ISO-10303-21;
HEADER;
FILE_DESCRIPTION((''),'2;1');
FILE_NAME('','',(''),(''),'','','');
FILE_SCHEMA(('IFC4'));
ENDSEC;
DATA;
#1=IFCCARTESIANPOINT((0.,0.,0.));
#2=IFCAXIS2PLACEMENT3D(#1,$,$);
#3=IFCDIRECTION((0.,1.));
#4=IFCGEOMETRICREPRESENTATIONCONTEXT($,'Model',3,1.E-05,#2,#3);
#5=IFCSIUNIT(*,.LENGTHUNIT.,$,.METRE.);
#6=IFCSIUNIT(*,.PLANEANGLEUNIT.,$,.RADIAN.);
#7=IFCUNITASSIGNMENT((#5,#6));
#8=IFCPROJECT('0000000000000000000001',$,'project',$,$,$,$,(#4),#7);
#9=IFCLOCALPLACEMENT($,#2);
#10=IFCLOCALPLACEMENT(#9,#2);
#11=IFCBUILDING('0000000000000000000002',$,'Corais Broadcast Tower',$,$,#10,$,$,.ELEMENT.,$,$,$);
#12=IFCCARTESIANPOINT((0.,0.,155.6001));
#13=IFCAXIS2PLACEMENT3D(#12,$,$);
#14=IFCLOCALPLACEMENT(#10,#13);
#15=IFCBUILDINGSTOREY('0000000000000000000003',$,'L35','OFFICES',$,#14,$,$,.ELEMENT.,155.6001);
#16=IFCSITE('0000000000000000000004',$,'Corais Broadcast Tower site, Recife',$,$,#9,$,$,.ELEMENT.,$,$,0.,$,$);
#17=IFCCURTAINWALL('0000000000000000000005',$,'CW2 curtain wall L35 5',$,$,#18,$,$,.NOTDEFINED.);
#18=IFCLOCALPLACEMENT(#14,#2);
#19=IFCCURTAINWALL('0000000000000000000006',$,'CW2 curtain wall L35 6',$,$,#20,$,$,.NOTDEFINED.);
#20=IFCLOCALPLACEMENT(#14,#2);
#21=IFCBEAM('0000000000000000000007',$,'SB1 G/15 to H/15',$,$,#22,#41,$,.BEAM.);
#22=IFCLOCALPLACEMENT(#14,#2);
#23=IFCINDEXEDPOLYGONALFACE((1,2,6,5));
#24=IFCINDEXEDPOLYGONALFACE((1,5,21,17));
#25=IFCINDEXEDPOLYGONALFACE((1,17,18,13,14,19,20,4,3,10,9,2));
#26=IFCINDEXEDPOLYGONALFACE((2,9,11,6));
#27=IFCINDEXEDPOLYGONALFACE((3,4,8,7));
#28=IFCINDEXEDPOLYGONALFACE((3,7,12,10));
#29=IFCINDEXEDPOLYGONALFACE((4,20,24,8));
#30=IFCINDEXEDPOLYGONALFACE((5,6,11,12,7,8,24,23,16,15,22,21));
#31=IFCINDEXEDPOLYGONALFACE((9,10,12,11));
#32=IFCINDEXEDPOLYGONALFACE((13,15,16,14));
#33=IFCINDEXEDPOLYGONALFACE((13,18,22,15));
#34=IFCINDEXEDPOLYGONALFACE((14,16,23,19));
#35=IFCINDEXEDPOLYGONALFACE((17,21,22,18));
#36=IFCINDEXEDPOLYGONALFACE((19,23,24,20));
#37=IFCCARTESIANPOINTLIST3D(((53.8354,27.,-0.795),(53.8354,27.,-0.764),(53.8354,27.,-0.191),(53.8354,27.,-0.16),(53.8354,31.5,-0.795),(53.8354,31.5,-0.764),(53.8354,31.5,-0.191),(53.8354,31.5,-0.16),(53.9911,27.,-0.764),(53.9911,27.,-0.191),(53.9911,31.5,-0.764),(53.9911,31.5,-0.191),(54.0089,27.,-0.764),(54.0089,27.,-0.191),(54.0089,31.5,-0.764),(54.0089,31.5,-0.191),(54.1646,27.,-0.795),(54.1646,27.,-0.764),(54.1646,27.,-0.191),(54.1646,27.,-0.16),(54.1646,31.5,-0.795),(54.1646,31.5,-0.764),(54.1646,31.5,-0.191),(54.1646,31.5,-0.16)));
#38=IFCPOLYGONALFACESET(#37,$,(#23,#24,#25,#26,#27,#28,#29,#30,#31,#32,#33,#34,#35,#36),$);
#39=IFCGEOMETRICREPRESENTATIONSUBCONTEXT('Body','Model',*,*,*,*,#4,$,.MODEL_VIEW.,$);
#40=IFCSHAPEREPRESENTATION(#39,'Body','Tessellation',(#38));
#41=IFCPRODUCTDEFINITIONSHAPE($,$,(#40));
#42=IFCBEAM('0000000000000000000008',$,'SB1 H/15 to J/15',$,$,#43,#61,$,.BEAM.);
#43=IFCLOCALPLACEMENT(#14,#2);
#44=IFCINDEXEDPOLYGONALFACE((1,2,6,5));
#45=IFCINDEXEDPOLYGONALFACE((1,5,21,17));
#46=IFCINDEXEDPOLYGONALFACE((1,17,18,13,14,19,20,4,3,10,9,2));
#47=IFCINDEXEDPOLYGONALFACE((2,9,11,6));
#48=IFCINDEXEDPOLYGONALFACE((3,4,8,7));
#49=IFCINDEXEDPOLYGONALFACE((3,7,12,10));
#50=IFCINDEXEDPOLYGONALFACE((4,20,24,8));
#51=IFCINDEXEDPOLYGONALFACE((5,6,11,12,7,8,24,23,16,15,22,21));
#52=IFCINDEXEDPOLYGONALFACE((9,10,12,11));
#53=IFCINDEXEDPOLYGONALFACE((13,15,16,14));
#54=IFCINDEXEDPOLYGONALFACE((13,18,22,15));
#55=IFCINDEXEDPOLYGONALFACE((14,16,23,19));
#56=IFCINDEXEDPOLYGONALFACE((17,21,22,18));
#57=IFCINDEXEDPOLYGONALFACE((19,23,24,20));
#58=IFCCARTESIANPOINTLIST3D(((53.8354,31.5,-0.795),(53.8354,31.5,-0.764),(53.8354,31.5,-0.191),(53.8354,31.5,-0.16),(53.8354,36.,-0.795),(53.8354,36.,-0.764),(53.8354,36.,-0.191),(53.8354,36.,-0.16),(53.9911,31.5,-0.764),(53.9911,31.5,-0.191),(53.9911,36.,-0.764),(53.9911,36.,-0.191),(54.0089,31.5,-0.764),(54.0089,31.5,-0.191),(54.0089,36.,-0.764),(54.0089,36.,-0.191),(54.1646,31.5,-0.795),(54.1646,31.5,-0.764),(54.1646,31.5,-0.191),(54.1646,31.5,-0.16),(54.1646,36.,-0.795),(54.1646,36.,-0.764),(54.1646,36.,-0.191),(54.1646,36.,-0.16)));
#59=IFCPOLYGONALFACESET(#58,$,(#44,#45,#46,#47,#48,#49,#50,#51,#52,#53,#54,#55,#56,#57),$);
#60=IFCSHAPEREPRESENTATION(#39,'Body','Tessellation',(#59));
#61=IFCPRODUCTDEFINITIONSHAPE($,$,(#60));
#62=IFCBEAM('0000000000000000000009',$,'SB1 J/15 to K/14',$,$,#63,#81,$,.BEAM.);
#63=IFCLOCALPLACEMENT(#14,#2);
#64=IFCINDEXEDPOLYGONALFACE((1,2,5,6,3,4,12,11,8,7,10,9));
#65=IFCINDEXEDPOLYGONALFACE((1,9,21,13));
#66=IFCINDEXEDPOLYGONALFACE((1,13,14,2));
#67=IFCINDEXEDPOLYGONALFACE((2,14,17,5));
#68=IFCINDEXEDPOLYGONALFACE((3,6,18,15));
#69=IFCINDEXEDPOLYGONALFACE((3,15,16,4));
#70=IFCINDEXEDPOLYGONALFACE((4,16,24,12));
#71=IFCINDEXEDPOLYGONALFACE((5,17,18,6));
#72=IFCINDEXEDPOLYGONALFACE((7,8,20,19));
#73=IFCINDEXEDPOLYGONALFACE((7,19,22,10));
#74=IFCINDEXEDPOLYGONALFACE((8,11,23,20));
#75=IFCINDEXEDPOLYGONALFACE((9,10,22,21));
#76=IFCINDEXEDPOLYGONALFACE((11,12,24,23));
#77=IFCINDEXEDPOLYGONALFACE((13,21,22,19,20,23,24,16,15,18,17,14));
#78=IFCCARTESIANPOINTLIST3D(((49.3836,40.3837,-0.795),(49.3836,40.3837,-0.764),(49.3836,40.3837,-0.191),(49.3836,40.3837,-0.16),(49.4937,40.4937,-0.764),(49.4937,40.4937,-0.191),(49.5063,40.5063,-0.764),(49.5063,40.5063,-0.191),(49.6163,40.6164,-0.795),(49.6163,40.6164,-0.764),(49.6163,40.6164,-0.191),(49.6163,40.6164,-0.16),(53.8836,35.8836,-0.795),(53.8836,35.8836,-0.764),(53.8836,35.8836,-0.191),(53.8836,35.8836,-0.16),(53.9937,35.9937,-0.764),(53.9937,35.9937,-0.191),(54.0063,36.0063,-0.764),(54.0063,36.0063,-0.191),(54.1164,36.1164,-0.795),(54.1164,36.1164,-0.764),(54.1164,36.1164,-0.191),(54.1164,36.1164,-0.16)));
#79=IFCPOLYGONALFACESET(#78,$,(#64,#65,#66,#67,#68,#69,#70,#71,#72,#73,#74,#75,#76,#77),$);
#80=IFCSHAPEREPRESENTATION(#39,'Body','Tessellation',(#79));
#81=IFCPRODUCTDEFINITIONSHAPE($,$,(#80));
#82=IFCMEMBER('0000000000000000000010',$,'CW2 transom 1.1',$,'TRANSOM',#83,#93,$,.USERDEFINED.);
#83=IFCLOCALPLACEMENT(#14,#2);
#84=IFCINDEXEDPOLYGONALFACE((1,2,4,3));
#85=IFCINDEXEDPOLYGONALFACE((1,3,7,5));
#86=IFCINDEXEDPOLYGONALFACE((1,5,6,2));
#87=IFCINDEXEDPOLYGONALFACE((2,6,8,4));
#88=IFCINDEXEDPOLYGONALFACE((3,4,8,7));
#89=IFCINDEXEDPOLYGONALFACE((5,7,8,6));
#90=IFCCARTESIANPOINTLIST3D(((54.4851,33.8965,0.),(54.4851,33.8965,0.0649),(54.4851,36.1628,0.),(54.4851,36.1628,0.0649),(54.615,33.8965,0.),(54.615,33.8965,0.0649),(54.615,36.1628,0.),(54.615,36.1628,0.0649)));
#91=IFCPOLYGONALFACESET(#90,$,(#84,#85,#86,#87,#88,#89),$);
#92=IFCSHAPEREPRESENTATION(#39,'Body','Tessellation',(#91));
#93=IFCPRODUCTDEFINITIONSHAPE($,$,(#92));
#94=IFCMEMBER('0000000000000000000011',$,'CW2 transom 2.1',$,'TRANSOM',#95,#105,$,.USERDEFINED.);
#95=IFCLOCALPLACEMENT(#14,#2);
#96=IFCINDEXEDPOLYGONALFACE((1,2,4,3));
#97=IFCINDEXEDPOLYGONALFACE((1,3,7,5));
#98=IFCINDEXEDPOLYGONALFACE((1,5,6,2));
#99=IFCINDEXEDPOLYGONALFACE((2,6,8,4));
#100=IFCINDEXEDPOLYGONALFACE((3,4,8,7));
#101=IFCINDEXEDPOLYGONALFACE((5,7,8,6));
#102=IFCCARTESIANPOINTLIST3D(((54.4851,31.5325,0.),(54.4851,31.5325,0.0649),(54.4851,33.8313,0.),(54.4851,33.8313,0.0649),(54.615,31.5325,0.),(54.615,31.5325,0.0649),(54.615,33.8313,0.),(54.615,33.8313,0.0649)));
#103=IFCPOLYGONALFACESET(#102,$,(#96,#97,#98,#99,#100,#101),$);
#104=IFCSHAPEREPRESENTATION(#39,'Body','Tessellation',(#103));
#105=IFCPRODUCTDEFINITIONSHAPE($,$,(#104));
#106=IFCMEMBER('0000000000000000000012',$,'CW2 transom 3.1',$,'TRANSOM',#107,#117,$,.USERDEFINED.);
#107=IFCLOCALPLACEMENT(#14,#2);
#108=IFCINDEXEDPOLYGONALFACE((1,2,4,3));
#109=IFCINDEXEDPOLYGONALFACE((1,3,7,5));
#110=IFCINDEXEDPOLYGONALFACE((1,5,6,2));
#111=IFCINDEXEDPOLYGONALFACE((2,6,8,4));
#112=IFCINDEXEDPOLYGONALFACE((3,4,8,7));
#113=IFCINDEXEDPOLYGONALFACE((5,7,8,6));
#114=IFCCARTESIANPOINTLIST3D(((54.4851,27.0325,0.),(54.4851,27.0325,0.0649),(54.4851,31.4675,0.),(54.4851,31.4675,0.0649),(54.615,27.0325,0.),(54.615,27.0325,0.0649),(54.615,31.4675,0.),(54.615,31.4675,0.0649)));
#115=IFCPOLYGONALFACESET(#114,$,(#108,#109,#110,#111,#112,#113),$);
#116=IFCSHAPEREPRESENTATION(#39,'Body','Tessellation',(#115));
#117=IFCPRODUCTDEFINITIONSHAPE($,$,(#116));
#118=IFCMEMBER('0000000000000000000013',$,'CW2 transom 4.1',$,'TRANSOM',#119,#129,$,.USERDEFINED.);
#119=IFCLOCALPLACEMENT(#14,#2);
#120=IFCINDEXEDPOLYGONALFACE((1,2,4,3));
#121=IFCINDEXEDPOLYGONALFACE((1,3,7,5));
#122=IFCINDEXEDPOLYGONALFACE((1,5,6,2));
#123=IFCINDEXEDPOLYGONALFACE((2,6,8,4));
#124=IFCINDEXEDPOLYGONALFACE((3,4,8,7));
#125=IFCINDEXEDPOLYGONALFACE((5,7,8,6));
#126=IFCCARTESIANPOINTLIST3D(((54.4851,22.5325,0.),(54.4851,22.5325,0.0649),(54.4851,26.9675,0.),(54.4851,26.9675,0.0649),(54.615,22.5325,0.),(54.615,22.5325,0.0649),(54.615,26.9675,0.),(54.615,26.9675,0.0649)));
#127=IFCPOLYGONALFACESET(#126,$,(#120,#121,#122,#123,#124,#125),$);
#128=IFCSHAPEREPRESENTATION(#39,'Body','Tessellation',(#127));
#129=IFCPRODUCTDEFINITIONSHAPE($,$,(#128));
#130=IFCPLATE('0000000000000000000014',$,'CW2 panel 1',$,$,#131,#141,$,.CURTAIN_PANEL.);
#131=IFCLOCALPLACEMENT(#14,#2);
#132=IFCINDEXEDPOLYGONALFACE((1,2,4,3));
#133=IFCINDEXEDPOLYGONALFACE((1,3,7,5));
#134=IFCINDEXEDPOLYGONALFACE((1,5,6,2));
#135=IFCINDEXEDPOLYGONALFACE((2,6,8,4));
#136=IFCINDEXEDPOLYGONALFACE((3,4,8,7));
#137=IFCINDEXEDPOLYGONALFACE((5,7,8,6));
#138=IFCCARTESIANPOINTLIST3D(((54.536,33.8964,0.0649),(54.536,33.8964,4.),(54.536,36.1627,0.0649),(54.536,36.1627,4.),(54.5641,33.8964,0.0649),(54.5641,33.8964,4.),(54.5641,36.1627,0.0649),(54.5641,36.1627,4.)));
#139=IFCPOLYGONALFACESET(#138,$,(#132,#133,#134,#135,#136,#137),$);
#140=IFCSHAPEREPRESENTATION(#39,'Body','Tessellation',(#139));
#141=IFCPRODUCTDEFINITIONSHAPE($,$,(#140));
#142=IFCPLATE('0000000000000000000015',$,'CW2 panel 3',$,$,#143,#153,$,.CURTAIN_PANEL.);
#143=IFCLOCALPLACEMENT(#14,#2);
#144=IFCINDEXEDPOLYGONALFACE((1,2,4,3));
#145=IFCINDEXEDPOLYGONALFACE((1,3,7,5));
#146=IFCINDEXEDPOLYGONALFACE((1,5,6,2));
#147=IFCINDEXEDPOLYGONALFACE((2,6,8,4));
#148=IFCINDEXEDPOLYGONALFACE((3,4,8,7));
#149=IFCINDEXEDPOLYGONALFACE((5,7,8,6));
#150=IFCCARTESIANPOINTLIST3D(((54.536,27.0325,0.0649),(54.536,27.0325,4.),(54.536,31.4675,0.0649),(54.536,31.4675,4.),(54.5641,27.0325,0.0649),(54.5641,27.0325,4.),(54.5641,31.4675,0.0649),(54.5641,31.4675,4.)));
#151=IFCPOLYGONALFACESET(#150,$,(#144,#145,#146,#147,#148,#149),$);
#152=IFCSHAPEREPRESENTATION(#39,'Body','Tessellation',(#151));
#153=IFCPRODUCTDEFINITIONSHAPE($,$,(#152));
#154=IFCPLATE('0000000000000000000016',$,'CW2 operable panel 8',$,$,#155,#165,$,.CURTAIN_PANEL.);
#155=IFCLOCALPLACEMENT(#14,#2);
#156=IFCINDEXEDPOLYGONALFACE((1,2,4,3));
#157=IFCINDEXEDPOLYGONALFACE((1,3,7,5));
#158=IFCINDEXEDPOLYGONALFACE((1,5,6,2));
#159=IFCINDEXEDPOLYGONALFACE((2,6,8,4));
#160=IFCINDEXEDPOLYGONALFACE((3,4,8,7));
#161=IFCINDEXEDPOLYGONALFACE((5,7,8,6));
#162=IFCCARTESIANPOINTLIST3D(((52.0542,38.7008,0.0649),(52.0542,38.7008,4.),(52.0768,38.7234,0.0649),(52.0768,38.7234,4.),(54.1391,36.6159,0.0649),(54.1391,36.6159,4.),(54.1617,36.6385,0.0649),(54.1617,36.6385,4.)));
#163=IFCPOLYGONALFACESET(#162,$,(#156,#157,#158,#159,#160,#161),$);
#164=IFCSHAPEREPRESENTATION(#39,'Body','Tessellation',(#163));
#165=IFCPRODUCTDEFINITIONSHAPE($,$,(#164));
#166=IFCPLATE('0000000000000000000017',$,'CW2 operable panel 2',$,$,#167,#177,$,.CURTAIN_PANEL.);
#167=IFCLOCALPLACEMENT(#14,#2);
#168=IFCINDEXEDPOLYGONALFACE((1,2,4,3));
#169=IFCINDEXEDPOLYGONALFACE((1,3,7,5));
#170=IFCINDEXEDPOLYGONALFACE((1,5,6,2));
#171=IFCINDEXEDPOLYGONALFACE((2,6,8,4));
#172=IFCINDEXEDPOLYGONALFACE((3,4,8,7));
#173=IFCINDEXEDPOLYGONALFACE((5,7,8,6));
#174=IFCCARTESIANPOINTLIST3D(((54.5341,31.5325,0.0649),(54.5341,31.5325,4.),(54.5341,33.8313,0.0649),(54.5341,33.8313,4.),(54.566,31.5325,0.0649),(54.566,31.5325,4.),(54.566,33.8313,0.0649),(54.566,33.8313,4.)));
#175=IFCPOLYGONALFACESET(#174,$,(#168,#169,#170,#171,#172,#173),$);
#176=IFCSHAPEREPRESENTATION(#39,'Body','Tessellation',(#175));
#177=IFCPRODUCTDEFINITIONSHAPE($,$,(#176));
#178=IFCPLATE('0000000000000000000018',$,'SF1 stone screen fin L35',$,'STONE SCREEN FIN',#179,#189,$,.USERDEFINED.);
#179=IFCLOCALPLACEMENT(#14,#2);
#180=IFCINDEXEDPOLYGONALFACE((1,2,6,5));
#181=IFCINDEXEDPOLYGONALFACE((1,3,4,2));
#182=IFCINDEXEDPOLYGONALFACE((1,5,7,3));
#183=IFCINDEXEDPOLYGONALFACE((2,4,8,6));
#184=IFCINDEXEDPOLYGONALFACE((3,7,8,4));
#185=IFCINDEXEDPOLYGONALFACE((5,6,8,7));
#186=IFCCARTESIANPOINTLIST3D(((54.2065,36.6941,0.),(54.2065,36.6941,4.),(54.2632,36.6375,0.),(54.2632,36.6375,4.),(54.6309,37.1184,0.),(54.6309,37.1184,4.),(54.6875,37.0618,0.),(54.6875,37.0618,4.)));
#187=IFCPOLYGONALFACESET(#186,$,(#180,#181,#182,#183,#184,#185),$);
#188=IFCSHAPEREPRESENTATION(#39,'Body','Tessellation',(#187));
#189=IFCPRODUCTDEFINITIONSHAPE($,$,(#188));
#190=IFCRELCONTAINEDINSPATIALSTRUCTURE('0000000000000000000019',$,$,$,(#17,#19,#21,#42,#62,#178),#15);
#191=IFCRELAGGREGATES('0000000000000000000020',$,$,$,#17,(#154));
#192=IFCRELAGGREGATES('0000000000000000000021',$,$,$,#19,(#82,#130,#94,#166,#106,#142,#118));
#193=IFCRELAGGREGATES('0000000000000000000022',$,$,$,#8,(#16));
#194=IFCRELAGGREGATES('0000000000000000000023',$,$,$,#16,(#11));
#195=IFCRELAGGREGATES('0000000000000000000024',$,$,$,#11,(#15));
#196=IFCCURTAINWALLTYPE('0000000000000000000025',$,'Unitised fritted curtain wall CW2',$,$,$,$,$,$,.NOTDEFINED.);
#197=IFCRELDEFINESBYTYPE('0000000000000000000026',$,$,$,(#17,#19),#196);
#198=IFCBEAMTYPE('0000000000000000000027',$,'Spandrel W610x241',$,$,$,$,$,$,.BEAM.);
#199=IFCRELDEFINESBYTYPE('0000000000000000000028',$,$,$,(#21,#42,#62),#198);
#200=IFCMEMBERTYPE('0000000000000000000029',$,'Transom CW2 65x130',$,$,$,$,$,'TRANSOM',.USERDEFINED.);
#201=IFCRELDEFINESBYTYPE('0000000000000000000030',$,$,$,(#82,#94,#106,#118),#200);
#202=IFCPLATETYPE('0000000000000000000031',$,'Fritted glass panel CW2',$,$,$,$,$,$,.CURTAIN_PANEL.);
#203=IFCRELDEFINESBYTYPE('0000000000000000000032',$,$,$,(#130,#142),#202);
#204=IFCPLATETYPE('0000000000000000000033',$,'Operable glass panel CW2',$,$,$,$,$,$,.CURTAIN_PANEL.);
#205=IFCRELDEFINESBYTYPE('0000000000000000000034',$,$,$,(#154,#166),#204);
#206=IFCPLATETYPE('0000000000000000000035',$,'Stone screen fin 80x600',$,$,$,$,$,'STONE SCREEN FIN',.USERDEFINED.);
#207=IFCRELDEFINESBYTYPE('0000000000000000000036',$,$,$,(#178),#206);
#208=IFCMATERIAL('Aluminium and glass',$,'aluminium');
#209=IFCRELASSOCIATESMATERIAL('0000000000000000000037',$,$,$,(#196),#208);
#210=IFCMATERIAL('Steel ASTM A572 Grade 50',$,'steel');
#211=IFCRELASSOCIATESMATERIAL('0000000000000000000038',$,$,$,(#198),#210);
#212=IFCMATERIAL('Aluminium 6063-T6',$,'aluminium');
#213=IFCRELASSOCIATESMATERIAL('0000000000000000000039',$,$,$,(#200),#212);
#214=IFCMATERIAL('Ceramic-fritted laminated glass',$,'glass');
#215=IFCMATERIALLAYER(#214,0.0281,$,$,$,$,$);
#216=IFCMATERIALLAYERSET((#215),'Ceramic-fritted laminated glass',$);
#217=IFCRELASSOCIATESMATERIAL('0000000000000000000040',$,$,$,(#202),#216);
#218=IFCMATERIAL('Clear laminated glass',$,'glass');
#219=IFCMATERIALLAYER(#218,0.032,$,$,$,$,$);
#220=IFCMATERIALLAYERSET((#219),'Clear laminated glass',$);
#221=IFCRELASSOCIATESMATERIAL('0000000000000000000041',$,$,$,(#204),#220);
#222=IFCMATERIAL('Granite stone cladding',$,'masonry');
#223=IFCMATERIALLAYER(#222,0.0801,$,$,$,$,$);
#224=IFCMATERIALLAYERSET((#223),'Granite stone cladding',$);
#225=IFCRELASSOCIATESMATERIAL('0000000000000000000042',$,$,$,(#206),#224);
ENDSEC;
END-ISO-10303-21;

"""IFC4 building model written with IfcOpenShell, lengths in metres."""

from ifc_helpers import new_model, si_unit, direction, frame, origin, origin_2d, place, context, subcontext, project, spatial, rectangle, i_section, extrude, material, layer, layer_set, material_profile, profile_set, type_object, element, aggregate, save


model = new_model("IFC4")

# Units and contexts
model_context = context("Model", 3, precision=1e-05, world=origin(), true_north=direction((0.0, 1.0)))
body_context = subcontext(model_context, "Body", "Model", "MODEL_VIEW")
ifc_project = project(units=[si_unit("LENGTHUNIT", "METRE"), si_unit("PLANEANGLEUNIT", "RADIAN")], contexts=[model_context])

# Site, building, storey
site_placement = place(None, origin())
site = spatial("IfcSite", under=ifc_project, at=site_placement, Name="Corais Broadcast Tower site, Recife", CompositionType="ELEMENT", RefElevation=0.0)
building_placement = place(site_placement, origin())
building = spatial("IfcBuilding", under=site, at=building_placement, Name="Corais Broadcast Tower", CompositionType="ELEMENT")
storey_placement = place(building_placement, frame((0.0, 0.0, 155.6001)))
storey = spatial("IfcBuildingStorey", under=building, at=storey_placement, Name="L35", Description="OFFICES", CompositionType="ELEMENT", Elevation=155.6001)

# Curtain wall
ifc_material_1 = material(Name="Aluminium and glass", Category="aluminium")
curtain_wall_type = type_object("IfcCurtainWallType", Name="Unitised fritted curtain wall CW2", PredefinedType="NOTDEFINED", material=ifc_material_1)
curtain_wall_1_placement = place(storey_placement, origin())
curtain_wall_1 = element("IfcCurtainWall", 1, at=curtain_wall_1_placement, inside=storey, type_object=curtain_wall_type, Name="CW2 curtain wall L35 5", PredefinedType="NOTDEFINED")

# Curtain wall
curtain_wall_2_placement = place(storey_placement, origin())
curtain_wall_2 = element("IfcCurtainWall", 2, at=curtain_wall_2_placement, inside=storey, type_object=curtain_wall_type, Name="CW2 curtain wall L35 6", PredefinedType="NOTDEFINED")

# Beams
ifc_material_2 = material(Name="Steel ASTM A572 Grade 50", Category="steel")
ifc_material_profile_1 = material_profile(ifc_material_2, i_section(OverallWidth=0.3291, OverallDepth=0.635, WebThickness=0.0178, FlangeThickness=0.031, at=origin_2d()), Name="W610x241")
ifc_profile_set_1 = profile_set([ifc_material_profile_1], Name="Steel ASTM A572 Grade 50")
beam_type_1 = type_object("IfcBeamType", Name="Spandrel W610x241", PredefinedType="BEAM", material=ifc_profile_set_1)
for number, where, z_axis, x_axis, name in (
    (3, (54.0, 27.0, -0.4775), (0.0, 1.0, 0.0), (-1.0, 0.0, 0.0), "SB1 G/15 to H/15"),
    (4, (54.0, 31.5, -0.4775), (0.0, 1.0, 0.0), (-1.0, 0.0, 0.0), "SB1 H/15 to J/15"),
):
    element("IfcBeam", number, at=place(storey_placement, frame(where, z_axis=z_axis, x_axis=x_axis)), inside=storey, type_object=beam_type_1, Name=name, PredefinedType="BEAM", context=body_context, shape_type="SweptSolid", body=[
        extrude(i_section(OverallWidth=0.3291, OverallDepth=0.635, WebThickness=0.0178, FlangeThickness=0.031, at=origin_2d()), origin(), (0.0, 0.0, 1.0), 4.5),
    ])
beam_placement = place(storey_placement, frame((54.0, 36.0, -0.4775), z_axis=(-0.707107, 0.707107, 0.0), x_axis=(-0.707107, -0.707107, 0.0)))
element("IfcBeam", 5, at=beam_placement, inside=storey, type_object=beam_type_1, Name="SB1 J/15 to K/14", PredefinedType="BEAM", context=body_context, shape_type="SweptSolid", body=[
    extrude(i_section(OverallWidth=0.3291, OverallDepth=0.635, WebThickness=0.0178, FlangeThickness=0.031, at=origin_2d()), origin(), (0.0, 0.0, 1.0), 6.364),
])

# Members
ifc_material_3 = material(Name="Aluminium 6063-T6", Category="aluminium")
ifc_material_profile_2 = material_profile(ifc_material_3, rectangle(XDim=0.1299, YDim=0.0649, at=origin_2d()), Name="Transom CW2 65x130")
ifc_profile_set_2 = profile_set([ifc_material_profile_2], Name="Aluminium 6063-T6")
member_type_1 = type_object("IfcMemberType", Name="Transom CW2 65x130", ElementType="TRANSOM", PredefinedType="USERDEFINED", material=ifc_profile_set_2)
member_1_placement = place(storey_placement, frame((54.55, 36.1628, 0.0325), z_axis=(0.0, -1.0, 0.0), x_axis=(1.0, 0.0, 0.0)))
member_1 = element("IfcMember", 6, at=member_1_placement, type_object=member_type_1, Name="CW2 transom 1.1", ObjectType="TRANSOM", PredefinedType="USERDEFINED", context=body_context, shape_type="SweptSolid", body=[
    extrude(rectangle(XDim=0.1299, YDim=0.0649, at=origin_2d()), origin(), (0.0, 0.0, 1.0), 2.2664),
])
member_2_placement = place(storey_placement, frame((54.55, 33.8313, 0.0325), z_axis=(0.0, -1.0, 0.0), x_axis=(1.0, 0.0, 0.0)))
member_2 = element("IfcMember", 7, at=member_2_placement, type_object=member_type_1, Name="CW2 transom 2.1", ObjectType="TRANSOM", PredefinedType="USERDEFINED", context=body_context, shape_type="SweptSolid", body=[
    extrude(rectangle(XDim=0.1299, YDim=0.0649, at=origin_2d()), origin(), (0.0, 0.0, 1.0), 2.2988),
])
member_3_placement = place(storey_placement, frame((54.55, 31.4675, 0.0325), z_axis=(0.0, -1.0, 0.0), x_axis=(1.0, 0.0, 0.0)))
member_3 = element("IfcMember", 8, at=member_3_placement, type_object=member_type_1, Name="CW2 transom 3.1", ObjectType="TRANSOM", PredefinedType="USERDEFINED", context=body_context, shape_type="SweptSolid", body=[
    extrude(rectangle(XDim=0.1299, YDim=0.0649, at=origin_2d()), origin(), (0.0, 0.0, 1.0), 4.4351),
])
member_4_placement = place(storey_placement, frame((54.55, 26.9675, 0.0325), z_axis=(0.0, -1.0, 0.0), x_axis=(1.0, 0.0, 0.0)))
member_4 = element("IfcMember", 9, at=member_4_placement, type_object=member_type_1, Name="CW2 transom 4.1", ObjectType="TRANSOM", PredefinedType="USERDEFINED", context=body_context, shape_type="SweptSolid", body=[
    extrude(rectangle(XDim=0.1299, YDim=0.0649, at=origin_2d()), origin(), (0.0, 0.0, 1.0), 4.4351),
])

# Plates
ifc_material_4 = material(Name="Ceramic-fritted laminated glass", Category="glass")
ifc_layer_1 = layer(ifc_material_4, 0.0281)
ifc_layer_set_1 = layer_set([ifc_layer_1], Name="Ceramic-fritted laminated glass")
plate_type_1 = type_object("IfcPlateType", Name="Fritted glass panel CW2", PredefinedType="CURTAIN_PANEL", material=ifc_layer_set_1)
plate_1_placement = place(storey_placement, frame((54.55, 35.0295, 0.0649), z_axis=(0.0, 0.0, 1.0), x_axis=(0.0, -1.0, 0.0)))
plate_1 = element("IfcPlate", 10, at=plate_1_placement, type_object=plate_type_1, Name="CW2 panel 1", PredefinedType="CURTAIN_PANEL", context=body_context, shape_type="SweptSolid", body=[
    extrude(rectangle(XDim=2.2664, YDim=0.0281, at=origin_2d()), origin(), (0.0, 0.0, 1.0), 3.9351),
])
plate_2_placement = place(storey_placement, frame((54.55, 29.25, 0.0649), z_axis=(0.0, 0.0, 1.0), x_axis=(0.0, -1.0, 0.0)))
plate_2 = element("IfcPlate", 11, at=plate_2_placement, type_object=plate_type_1, Name="CW2 panel 3", PredefinedType="CURTAIN_PANEL", context=body_context, shape_type="SweptSolid", body=[
    extrude(rectangle(XDim=4.4351, YDim=0.0281, at=origin_2d()), origin(), (0.0, 0.0, 1.0), 3.9351),
])
ifc_material_5 = material(Name="Clear laminated glass", Category="glass")
ifc_layer_2 = layer(ifc_material_5, 0.032)
ifc_layer_set_2 = layer_set([ifc_layer_2], Name="Clear laminated glass")
plate_type_2 = type_object("IfcPlateType", Name="Operable glass panel CW2", PredefinedType="CURTAIN_PANEL", material=ifc_layer_set_2)
plate_3_placement = place(storey_placement, frame((53.1079, 37.6697, 0.0649), z_axis=(0.0, 0.0, 1.0), x_axis=(0.707107, -0.707107, 0.0)))
plate_3 = element("IfcPlate", 12, at=plate_3_placement, type_object=plate_type_2, Name="CW2 operable panel 8", PredefinedType="CURTAIN_PANEL", context=body_context, shape_type="SweptSolid", body=[
    extrude(rectangle(XDim=2.9485, YDim=0.032, at=origin_2d()), origin(), (0.0, 0.0, 1.0), 3.9351),
])
aggregate(curtain_wall_1, [plate_3])
plate_4_placement = place(storey_placement, frame((54.55, 32.6819, 0.0649), z_axis=(0.0, 0.0, 1.0), x_axis=(0.0, -1.0, 0.0)))
plate_4 = element("IfcPlate", 13, at=plate_4_placement, type_object=plate_type_2, Name="CW2 operable panel 2", PredefinedType="CURTAIN_PANEL", context=body_context, shape_type="SweptSolid", body=[
    extrude(rectangle(XDim=2.2988, YDim=0.032, at=origin_2d()), origin(), (0.0, 0.0, 1.0), 3.9351),
])
aggregate(curtain_wall_2, [member_1, plate_1, member_2, plate_4, member_3, plate_2, member_4])
ifc_material_6 = material(Name="Granite stone cladding", Category="masonry")
ifc_layer_3 = layer(ifc_material_6, 0.0801)
ifc_layer_set_3 = layer_set([ifc_layer_3], Name="Granite stone cladding")
plate_type_3 = type_object("IfcPlateType", Name="Stone screen fin 80x600", ElementType="STONE SCREEN FIN", PredefinedType="USERDEFINED", material=ifc_layer_set_3)
plate_5_placement = place(storey_placement, frame((54.447, 36.8779, 0.0), z_axis=(0.0, 0.0, 1.0), x_axis=(0.707107, -0.707107, 0.0)))
element("IfcPlate", 14, at=plate_5_placement, inside=storey, type_object=plate_type_3, Name="SF1 stone screen fin L35", ObjectType="STONE SCREEN FIN", PredefinedType="USERDEFINED", context=body_context, shape_type="SweptSolid", body=[
    extrude(rectangle(XDim=0.0801, YDim=0.6001, at=origin_2d()), origin(), (0.0, 0.0, 1.0), 4.0),
])

save(model, "model.ifc")
